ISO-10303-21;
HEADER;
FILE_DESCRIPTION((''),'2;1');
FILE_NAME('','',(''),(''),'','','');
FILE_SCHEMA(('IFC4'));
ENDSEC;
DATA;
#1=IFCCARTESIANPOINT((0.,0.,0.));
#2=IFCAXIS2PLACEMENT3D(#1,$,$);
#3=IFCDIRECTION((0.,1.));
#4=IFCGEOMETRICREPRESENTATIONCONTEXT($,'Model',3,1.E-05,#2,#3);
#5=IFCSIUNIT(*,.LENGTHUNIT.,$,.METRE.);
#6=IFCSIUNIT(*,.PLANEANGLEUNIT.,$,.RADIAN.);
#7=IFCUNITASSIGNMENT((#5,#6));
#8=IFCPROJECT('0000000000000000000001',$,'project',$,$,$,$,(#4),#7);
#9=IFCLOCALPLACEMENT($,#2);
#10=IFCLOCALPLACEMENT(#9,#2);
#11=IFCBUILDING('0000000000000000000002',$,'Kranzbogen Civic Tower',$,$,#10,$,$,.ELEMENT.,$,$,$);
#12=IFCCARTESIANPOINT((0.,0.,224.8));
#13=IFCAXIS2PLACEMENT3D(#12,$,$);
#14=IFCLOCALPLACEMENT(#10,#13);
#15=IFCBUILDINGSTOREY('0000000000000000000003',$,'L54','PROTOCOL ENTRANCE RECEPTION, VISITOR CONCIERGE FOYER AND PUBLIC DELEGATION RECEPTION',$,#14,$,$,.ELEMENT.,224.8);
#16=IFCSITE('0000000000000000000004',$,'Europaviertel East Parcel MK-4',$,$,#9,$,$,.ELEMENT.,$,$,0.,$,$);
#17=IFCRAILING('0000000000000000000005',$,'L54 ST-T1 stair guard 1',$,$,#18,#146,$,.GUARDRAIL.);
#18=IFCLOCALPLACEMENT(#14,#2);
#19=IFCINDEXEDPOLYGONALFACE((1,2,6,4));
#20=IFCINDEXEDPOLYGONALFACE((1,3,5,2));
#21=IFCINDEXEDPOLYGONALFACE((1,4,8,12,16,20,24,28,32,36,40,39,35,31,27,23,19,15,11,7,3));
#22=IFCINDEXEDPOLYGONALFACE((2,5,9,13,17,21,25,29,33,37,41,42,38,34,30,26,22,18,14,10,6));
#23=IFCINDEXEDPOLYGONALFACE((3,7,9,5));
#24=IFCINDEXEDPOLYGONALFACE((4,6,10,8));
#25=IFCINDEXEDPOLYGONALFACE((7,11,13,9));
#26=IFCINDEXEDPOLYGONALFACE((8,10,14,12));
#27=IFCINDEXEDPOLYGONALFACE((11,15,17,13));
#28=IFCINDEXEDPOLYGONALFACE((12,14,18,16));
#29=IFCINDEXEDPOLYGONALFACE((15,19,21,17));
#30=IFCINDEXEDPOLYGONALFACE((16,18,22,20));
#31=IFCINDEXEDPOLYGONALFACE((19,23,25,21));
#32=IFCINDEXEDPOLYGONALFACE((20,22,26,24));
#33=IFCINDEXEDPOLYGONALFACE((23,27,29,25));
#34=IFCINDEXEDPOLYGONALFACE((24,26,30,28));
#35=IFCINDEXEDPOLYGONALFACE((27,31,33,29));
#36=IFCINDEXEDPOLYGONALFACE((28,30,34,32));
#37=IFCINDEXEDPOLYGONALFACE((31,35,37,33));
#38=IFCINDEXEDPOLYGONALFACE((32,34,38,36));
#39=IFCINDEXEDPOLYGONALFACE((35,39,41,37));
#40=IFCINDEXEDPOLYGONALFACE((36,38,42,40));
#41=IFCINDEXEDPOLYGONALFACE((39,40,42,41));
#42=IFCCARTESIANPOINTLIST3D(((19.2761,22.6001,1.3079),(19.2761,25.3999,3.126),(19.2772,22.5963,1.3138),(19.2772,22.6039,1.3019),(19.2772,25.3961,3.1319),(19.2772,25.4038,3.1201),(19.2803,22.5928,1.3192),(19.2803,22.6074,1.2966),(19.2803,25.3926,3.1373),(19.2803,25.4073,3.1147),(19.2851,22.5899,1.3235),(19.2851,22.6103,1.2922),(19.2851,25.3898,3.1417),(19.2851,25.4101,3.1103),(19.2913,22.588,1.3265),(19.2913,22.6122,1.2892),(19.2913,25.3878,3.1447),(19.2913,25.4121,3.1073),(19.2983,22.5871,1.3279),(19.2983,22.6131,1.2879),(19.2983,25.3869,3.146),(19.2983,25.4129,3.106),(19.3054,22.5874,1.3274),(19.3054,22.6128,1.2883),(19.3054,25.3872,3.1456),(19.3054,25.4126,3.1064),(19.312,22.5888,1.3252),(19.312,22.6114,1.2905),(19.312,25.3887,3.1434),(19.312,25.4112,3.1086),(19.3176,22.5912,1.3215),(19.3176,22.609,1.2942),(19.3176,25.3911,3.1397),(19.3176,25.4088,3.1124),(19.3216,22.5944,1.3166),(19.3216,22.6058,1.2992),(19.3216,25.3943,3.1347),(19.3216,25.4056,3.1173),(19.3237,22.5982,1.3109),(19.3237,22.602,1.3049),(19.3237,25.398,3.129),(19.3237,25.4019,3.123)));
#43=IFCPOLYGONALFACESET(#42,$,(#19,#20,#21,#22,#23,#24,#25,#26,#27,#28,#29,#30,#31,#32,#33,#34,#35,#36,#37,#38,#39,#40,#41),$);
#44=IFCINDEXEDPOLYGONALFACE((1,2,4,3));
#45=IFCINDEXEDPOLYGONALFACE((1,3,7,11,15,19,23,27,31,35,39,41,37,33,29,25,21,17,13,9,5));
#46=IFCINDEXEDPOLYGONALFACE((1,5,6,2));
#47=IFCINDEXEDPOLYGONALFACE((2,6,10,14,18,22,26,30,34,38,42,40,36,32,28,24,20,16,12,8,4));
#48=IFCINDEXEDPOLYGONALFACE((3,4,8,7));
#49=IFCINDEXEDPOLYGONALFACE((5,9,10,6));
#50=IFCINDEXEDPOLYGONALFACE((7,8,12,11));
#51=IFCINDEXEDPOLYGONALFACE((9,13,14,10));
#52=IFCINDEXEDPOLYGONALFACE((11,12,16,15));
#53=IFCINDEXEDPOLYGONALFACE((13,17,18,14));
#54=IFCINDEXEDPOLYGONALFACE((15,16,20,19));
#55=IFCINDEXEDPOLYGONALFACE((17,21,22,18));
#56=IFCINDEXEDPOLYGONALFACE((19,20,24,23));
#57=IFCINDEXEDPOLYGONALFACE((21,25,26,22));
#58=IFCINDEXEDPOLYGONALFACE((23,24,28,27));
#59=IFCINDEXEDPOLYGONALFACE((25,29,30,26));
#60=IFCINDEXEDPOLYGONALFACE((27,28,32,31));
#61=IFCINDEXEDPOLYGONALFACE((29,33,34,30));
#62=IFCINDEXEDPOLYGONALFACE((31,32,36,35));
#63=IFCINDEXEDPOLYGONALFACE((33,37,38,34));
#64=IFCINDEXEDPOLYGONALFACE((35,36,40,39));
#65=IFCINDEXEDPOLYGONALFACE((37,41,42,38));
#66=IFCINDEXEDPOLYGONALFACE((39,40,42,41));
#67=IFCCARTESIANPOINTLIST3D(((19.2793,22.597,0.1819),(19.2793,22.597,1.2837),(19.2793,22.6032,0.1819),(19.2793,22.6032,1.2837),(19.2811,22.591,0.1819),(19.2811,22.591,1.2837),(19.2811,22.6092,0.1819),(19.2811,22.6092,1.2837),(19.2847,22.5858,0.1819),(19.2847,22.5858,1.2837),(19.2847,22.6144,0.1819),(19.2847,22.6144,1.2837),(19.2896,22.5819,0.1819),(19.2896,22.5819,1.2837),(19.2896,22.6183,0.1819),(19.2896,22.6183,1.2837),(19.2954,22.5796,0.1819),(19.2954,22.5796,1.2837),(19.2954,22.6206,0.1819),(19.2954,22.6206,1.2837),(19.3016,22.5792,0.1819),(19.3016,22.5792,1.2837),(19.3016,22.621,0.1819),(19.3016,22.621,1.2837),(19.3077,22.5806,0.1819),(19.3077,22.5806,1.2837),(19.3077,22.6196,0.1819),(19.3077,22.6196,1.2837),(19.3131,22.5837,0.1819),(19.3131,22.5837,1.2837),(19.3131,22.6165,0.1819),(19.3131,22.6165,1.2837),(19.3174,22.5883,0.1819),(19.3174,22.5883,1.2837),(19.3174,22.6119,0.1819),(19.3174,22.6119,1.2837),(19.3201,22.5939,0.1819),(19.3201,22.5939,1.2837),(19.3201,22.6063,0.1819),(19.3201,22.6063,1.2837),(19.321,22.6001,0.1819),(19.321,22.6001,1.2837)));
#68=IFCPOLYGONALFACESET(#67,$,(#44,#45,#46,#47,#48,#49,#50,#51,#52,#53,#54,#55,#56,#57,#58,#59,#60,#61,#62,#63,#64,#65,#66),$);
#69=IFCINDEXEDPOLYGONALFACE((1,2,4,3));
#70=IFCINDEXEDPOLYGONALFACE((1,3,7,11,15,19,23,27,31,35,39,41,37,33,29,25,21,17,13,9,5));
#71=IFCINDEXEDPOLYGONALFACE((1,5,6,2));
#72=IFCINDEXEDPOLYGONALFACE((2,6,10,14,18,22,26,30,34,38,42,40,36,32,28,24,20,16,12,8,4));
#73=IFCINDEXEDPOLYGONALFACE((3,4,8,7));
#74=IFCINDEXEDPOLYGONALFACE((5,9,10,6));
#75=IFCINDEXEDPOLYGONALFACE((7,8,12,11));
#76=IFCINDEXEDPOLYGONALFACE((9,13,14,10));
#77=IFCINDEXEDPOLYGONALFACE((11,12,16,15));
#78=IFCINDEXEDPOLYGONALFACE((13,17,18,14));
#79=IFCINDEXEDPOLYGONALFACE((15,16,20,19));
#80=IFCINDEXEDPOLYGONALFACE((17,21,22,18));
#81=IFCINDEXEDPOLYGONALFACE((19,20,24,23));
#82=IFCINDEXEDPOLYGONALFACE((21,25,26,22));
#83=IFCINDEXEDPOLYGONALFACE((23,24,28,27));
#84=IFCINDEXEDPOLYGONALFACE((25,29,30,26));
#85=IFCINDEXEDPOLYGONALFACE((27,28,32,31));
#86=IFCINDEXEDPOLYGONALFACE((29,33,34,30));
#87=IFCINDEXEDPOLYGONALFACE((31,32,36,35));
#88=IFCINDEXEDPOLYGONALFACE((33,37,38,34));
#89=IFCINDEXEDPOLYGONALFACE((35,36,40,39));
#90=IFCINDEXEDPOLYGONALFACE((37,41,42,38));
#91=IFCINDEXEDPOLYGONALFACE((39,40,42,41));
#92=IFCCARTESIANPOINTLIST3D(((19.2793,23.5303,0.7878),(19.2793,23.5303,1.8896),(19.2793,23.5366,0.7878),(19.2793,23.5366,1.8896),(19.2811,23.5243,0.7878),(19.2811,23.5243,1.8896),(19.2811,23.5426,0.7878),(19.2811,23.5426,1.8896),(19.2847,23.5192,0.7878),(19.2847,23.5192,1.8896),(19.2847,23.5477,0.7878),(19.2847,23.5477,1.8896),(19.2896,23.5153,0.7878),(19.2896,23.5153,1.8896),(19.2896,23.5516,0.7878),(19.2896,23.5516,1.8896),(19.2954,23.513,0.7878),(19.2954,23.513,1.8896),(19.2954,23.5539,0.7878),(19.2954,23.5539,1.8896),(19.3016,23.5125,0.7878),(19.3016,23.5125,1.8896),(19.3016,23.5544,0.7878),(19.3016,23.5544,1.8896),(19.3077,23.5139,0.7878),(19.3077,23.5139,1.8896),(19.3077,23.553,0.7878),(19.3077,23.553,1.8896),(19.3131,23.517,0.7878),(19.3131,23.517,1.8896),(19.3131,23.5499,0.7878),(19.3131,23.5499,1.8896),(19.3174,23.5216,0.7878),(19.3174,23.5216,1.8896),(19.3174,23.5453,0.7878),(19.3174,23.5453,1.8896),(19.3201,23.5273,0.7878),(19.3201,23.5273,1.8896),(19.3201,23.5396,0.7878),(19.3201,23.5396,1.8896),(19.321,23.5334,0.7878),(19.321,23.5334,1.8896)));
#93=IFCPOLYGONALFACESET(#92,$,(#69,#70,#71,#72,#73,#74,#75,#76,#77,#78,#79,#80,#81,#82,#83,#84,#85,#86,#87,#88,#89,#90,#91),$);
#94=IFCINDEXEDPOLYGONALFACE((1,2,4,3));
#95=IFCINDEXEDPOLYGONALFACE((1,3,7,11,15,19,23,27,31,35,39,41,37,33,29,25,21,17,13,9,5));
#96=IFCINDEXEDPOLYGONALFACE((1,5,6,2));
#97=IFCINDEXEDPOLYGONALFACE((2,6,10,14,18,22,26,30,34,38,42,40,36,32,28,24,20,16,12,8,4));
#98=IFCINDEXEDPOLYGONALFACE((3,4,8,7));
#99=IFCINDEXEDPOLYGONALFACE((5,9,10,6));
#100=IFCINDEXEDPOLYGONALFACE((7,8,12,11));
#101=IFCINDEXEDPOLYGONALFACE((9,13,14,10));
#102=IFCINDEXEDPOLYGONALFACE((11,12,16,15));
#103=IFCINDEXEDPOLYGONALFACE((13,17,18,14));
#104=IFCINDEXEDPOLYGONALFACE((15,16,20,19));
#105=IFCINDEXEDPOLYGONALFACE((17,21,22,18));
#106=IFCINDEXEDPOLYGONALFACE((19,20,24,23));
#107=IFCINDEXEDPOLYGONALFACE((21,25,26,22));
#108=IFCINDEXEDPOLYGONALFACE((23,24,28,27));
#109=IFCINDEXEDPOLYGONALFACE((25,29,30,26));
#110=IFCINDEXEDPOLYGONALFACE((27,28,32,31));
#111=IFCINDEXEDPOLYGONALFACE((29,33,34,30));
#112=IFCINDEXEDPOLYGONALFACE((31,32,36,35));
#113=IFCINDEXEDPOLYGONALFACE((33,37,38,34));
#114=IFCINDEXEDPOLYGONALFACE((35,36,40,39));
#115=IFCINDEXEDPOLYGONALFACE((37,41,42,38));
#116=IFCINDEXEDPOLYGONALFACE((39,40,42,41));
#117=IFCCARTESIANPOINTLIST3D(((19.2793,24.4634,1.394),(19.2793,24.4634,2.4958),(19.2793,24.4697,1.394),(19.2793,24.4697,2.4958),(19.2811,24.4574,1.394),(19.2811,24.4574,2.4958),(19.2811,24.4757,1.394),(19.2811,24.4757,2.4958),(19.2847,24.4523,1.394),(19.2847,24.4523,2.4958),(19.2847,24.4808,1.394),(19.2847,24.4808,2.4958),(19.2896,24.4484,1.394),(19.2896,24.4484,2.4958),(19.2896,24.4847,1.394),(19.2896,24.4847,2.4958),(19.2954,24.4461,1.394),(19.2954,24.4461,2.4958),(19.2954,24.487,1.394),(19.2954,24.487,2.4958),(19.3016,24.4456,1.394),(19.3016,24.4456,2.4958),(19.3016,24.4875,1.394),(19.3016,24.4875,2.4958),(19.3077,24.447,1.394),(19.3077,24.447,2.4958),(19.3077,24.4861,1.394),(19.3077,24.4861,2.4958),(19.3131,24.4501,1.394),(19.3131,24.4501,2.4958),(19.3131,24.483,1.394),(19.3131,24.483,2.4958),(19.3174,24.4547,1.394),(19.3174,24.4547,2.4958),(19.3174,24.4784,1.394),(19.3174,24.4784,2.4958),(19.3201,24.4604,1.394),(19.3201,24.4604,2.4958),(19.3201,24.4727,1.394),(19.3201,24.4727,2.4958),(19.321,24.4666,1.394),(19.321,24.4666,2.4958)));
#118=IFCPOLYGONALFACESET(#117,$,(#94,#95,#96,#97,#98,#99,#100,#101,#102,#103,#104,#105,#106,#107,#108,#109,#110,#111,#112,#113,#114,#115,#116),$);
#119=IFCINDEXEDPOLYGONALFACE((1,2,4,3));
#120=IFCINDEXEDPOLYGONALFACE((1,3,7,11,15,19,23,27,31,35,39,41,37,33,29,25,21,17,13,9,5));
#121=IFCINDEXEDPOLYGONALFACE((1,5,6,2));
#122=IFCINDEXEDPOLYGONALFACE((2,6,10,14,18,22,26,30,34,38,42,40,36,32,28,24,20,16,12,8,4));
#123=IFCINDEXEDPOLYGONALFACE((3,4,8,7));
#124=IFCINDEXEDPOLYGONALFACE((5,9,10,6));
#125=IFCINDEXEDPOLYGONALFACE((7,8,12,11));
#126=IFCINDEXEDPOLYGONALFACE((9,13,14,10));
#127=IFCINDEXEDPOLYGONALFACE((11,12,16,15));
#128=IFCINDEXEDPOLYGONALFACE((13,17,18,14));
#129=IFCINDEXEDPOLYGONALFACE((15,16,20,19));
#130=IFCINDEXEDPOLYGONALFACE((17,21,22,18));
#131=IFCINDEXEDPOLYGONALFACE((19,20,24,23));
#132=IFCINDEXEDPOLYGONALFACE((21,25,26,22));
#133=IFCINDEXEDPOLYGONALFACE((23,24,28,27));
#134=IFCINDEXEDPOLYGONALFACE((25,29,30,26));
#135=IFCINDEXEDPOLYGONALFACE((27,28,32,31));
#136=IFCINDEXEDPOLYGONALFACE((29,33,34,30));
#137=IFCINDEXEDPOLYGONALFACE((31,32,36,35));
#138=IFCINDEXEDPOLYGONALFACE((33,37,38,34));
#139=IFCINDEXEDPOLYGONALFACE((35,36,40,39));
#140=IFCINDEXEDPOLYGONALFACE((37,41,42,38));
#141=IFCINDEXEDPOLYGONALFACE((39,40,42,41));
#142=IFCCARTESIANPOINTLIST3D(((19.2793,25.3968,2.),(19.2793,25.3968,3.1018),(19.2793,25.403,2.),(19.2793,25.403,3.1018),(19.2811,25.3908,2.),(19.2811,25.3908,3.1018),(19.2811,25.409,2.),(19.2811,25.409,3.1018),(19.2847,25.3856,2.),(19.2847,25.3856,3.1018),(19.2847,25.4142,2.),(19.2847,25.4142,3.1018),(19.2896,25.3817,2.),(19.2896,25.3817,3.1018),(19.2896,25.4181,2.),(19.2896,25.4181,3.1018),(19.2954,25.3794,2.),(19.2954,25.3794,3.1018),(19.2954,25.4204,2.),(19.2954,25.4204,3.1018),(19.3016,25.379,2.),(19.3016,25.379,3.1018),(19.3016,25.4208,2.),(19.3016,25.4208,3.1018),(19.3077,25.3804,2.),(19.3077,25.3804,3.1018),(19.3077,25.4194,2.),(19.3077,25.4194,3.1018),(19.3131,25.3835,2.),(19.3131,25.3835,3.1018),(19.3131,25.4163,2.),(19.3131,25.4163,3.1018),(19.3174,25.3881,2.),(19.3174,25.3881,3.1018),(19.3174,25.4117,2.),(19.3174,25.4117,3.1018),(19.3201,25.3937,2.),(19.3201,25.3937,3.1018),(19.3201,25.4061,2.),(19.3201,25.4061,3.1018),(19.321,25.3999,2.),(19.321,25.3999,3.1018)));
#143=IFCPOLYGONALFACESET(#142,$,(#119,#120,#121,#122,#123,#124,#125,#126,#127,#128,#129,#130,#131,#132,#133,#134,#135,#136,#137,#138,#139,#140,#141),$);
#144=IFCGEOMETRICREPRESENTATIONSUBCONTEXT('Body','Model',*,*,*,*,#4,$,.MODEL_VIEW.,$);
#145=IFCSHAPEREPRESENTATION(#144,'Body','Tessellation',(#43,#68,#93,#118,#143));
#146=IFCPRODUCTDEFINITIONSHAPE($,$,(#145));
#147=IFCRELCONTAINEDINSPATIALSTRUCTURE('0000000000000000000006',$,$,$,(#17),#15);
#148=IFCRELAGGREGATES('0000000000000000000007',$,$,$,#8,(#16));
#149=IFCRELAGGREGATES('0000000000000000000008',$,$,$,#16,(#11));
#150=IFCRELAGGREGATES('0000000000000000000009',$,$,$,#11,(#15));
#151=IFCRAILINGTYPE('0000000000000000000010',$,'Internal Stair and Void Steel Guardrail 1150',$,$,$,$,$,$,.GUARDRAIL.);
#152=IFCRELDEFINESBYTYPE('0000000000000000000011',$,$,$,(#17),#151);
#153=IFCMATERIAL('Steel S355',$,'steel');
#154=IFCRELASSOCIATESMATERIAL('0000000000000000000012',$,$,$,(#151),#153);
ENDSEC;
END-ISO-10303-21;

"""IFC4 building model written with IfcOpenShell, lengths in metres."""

from ifc_helpers import new_model, si_unit, direction, frame, origin, origin_2d, place, context, subcontext, project, spatial, circle, extrude, material, type_object, element, save


model = new_model("IFC4")

# Units and contexts
model_context = context("Model", 3, precision=1e-05, world=origin(), true_north=direction((0.0, 1.0)))
body_context = subcontext(model_context, "Body", "Model", "MODEL_VIEW")
ifc_project = project(units=[si_unit("LENGTHUNIT", "METRE"), si_unit("PLANEANGLEUNIT", "RADIAN")], contexts=[model_context])

# Site, building, storey
site_placement = place(None, origin())
site = spatial("IfcSite", under=ifc_project, at=site_placement, Name="Europaviertel East Parcel MK-4", CompositionType="ELEMENT", RefElevation=0.0)
building_placement = place(site_placement, origin())
building = spatial("IfcBuilding", under=site, at=building_placement, Name="Kranzbogen Civic Tower", CompositionType="ELEMENT")
storey_placement = place(building_placement, frame((0.0, 0.0, 224.8)))
storey = spatial("IfcBuildingStorey", under=building, at=storey_placement, Name="L54", Description="PROTOCOL ENTRANCE RECEPTION, VISITOR CONCIERGE FOYER AND PUBLIC DELEGATION RECEPTION", CompositionType="ELEMENT", Elevation=224.8)

# Shared definitions
ifc_material_1 = material(Name="Steel S355", Category="steel")

# Railing
railing_type_1 = type_object("IfcRailingType", Name="Internal Stair and Void Steel Guardrail 1150", PredefinedType="GUARDRAIL", material=ifc_material_1)
railing_1_placement = place(storey_placement, frame((19.3, 22.6001, 0.1819)))
element("IfcRailing", 1, at=railing_1_placement, inside=storey, type_object=railing_type_1, Name="L54 ST-T1 stair guard 1", PredefinedType="GUARDRAIL", context=body_context, shape_type="SweptSolid", body=[
    extrude(circle(Radius=0.0239, at=origin_2d()), frame((0.0, 0.0, 1.126), z_axis=(0.0, 0.838684, 0.544618), x_axis=(-1.0, 0.0, 0.0)), (0.0, 0.0, 1.0), 3.3384),
    extrude(circle(Radius=0.021, at=origin_2d()), origin(), (0.0, 0.0, 1.0), 1.1018),
    extrude(circle(Radius=0.021, at=origin_2d()), frame((0.0, 0.9333, 0.606)), (0.0, 0.0, 1.0), 1.1018),
    extrude(circle(Radius=0.021, at=origin_2d()), frame((0.0, 1.8665, 1.2122)), (0.0, 0.0, 1.0), 1.1018),
    extrude(circle(Radius=0.021, at=origin_2d()), frame((0.0, 2.7998, 1.8181)), (0.0, 0.0, 1.0), 1.1018),
])

save(model, "model.ifc")
